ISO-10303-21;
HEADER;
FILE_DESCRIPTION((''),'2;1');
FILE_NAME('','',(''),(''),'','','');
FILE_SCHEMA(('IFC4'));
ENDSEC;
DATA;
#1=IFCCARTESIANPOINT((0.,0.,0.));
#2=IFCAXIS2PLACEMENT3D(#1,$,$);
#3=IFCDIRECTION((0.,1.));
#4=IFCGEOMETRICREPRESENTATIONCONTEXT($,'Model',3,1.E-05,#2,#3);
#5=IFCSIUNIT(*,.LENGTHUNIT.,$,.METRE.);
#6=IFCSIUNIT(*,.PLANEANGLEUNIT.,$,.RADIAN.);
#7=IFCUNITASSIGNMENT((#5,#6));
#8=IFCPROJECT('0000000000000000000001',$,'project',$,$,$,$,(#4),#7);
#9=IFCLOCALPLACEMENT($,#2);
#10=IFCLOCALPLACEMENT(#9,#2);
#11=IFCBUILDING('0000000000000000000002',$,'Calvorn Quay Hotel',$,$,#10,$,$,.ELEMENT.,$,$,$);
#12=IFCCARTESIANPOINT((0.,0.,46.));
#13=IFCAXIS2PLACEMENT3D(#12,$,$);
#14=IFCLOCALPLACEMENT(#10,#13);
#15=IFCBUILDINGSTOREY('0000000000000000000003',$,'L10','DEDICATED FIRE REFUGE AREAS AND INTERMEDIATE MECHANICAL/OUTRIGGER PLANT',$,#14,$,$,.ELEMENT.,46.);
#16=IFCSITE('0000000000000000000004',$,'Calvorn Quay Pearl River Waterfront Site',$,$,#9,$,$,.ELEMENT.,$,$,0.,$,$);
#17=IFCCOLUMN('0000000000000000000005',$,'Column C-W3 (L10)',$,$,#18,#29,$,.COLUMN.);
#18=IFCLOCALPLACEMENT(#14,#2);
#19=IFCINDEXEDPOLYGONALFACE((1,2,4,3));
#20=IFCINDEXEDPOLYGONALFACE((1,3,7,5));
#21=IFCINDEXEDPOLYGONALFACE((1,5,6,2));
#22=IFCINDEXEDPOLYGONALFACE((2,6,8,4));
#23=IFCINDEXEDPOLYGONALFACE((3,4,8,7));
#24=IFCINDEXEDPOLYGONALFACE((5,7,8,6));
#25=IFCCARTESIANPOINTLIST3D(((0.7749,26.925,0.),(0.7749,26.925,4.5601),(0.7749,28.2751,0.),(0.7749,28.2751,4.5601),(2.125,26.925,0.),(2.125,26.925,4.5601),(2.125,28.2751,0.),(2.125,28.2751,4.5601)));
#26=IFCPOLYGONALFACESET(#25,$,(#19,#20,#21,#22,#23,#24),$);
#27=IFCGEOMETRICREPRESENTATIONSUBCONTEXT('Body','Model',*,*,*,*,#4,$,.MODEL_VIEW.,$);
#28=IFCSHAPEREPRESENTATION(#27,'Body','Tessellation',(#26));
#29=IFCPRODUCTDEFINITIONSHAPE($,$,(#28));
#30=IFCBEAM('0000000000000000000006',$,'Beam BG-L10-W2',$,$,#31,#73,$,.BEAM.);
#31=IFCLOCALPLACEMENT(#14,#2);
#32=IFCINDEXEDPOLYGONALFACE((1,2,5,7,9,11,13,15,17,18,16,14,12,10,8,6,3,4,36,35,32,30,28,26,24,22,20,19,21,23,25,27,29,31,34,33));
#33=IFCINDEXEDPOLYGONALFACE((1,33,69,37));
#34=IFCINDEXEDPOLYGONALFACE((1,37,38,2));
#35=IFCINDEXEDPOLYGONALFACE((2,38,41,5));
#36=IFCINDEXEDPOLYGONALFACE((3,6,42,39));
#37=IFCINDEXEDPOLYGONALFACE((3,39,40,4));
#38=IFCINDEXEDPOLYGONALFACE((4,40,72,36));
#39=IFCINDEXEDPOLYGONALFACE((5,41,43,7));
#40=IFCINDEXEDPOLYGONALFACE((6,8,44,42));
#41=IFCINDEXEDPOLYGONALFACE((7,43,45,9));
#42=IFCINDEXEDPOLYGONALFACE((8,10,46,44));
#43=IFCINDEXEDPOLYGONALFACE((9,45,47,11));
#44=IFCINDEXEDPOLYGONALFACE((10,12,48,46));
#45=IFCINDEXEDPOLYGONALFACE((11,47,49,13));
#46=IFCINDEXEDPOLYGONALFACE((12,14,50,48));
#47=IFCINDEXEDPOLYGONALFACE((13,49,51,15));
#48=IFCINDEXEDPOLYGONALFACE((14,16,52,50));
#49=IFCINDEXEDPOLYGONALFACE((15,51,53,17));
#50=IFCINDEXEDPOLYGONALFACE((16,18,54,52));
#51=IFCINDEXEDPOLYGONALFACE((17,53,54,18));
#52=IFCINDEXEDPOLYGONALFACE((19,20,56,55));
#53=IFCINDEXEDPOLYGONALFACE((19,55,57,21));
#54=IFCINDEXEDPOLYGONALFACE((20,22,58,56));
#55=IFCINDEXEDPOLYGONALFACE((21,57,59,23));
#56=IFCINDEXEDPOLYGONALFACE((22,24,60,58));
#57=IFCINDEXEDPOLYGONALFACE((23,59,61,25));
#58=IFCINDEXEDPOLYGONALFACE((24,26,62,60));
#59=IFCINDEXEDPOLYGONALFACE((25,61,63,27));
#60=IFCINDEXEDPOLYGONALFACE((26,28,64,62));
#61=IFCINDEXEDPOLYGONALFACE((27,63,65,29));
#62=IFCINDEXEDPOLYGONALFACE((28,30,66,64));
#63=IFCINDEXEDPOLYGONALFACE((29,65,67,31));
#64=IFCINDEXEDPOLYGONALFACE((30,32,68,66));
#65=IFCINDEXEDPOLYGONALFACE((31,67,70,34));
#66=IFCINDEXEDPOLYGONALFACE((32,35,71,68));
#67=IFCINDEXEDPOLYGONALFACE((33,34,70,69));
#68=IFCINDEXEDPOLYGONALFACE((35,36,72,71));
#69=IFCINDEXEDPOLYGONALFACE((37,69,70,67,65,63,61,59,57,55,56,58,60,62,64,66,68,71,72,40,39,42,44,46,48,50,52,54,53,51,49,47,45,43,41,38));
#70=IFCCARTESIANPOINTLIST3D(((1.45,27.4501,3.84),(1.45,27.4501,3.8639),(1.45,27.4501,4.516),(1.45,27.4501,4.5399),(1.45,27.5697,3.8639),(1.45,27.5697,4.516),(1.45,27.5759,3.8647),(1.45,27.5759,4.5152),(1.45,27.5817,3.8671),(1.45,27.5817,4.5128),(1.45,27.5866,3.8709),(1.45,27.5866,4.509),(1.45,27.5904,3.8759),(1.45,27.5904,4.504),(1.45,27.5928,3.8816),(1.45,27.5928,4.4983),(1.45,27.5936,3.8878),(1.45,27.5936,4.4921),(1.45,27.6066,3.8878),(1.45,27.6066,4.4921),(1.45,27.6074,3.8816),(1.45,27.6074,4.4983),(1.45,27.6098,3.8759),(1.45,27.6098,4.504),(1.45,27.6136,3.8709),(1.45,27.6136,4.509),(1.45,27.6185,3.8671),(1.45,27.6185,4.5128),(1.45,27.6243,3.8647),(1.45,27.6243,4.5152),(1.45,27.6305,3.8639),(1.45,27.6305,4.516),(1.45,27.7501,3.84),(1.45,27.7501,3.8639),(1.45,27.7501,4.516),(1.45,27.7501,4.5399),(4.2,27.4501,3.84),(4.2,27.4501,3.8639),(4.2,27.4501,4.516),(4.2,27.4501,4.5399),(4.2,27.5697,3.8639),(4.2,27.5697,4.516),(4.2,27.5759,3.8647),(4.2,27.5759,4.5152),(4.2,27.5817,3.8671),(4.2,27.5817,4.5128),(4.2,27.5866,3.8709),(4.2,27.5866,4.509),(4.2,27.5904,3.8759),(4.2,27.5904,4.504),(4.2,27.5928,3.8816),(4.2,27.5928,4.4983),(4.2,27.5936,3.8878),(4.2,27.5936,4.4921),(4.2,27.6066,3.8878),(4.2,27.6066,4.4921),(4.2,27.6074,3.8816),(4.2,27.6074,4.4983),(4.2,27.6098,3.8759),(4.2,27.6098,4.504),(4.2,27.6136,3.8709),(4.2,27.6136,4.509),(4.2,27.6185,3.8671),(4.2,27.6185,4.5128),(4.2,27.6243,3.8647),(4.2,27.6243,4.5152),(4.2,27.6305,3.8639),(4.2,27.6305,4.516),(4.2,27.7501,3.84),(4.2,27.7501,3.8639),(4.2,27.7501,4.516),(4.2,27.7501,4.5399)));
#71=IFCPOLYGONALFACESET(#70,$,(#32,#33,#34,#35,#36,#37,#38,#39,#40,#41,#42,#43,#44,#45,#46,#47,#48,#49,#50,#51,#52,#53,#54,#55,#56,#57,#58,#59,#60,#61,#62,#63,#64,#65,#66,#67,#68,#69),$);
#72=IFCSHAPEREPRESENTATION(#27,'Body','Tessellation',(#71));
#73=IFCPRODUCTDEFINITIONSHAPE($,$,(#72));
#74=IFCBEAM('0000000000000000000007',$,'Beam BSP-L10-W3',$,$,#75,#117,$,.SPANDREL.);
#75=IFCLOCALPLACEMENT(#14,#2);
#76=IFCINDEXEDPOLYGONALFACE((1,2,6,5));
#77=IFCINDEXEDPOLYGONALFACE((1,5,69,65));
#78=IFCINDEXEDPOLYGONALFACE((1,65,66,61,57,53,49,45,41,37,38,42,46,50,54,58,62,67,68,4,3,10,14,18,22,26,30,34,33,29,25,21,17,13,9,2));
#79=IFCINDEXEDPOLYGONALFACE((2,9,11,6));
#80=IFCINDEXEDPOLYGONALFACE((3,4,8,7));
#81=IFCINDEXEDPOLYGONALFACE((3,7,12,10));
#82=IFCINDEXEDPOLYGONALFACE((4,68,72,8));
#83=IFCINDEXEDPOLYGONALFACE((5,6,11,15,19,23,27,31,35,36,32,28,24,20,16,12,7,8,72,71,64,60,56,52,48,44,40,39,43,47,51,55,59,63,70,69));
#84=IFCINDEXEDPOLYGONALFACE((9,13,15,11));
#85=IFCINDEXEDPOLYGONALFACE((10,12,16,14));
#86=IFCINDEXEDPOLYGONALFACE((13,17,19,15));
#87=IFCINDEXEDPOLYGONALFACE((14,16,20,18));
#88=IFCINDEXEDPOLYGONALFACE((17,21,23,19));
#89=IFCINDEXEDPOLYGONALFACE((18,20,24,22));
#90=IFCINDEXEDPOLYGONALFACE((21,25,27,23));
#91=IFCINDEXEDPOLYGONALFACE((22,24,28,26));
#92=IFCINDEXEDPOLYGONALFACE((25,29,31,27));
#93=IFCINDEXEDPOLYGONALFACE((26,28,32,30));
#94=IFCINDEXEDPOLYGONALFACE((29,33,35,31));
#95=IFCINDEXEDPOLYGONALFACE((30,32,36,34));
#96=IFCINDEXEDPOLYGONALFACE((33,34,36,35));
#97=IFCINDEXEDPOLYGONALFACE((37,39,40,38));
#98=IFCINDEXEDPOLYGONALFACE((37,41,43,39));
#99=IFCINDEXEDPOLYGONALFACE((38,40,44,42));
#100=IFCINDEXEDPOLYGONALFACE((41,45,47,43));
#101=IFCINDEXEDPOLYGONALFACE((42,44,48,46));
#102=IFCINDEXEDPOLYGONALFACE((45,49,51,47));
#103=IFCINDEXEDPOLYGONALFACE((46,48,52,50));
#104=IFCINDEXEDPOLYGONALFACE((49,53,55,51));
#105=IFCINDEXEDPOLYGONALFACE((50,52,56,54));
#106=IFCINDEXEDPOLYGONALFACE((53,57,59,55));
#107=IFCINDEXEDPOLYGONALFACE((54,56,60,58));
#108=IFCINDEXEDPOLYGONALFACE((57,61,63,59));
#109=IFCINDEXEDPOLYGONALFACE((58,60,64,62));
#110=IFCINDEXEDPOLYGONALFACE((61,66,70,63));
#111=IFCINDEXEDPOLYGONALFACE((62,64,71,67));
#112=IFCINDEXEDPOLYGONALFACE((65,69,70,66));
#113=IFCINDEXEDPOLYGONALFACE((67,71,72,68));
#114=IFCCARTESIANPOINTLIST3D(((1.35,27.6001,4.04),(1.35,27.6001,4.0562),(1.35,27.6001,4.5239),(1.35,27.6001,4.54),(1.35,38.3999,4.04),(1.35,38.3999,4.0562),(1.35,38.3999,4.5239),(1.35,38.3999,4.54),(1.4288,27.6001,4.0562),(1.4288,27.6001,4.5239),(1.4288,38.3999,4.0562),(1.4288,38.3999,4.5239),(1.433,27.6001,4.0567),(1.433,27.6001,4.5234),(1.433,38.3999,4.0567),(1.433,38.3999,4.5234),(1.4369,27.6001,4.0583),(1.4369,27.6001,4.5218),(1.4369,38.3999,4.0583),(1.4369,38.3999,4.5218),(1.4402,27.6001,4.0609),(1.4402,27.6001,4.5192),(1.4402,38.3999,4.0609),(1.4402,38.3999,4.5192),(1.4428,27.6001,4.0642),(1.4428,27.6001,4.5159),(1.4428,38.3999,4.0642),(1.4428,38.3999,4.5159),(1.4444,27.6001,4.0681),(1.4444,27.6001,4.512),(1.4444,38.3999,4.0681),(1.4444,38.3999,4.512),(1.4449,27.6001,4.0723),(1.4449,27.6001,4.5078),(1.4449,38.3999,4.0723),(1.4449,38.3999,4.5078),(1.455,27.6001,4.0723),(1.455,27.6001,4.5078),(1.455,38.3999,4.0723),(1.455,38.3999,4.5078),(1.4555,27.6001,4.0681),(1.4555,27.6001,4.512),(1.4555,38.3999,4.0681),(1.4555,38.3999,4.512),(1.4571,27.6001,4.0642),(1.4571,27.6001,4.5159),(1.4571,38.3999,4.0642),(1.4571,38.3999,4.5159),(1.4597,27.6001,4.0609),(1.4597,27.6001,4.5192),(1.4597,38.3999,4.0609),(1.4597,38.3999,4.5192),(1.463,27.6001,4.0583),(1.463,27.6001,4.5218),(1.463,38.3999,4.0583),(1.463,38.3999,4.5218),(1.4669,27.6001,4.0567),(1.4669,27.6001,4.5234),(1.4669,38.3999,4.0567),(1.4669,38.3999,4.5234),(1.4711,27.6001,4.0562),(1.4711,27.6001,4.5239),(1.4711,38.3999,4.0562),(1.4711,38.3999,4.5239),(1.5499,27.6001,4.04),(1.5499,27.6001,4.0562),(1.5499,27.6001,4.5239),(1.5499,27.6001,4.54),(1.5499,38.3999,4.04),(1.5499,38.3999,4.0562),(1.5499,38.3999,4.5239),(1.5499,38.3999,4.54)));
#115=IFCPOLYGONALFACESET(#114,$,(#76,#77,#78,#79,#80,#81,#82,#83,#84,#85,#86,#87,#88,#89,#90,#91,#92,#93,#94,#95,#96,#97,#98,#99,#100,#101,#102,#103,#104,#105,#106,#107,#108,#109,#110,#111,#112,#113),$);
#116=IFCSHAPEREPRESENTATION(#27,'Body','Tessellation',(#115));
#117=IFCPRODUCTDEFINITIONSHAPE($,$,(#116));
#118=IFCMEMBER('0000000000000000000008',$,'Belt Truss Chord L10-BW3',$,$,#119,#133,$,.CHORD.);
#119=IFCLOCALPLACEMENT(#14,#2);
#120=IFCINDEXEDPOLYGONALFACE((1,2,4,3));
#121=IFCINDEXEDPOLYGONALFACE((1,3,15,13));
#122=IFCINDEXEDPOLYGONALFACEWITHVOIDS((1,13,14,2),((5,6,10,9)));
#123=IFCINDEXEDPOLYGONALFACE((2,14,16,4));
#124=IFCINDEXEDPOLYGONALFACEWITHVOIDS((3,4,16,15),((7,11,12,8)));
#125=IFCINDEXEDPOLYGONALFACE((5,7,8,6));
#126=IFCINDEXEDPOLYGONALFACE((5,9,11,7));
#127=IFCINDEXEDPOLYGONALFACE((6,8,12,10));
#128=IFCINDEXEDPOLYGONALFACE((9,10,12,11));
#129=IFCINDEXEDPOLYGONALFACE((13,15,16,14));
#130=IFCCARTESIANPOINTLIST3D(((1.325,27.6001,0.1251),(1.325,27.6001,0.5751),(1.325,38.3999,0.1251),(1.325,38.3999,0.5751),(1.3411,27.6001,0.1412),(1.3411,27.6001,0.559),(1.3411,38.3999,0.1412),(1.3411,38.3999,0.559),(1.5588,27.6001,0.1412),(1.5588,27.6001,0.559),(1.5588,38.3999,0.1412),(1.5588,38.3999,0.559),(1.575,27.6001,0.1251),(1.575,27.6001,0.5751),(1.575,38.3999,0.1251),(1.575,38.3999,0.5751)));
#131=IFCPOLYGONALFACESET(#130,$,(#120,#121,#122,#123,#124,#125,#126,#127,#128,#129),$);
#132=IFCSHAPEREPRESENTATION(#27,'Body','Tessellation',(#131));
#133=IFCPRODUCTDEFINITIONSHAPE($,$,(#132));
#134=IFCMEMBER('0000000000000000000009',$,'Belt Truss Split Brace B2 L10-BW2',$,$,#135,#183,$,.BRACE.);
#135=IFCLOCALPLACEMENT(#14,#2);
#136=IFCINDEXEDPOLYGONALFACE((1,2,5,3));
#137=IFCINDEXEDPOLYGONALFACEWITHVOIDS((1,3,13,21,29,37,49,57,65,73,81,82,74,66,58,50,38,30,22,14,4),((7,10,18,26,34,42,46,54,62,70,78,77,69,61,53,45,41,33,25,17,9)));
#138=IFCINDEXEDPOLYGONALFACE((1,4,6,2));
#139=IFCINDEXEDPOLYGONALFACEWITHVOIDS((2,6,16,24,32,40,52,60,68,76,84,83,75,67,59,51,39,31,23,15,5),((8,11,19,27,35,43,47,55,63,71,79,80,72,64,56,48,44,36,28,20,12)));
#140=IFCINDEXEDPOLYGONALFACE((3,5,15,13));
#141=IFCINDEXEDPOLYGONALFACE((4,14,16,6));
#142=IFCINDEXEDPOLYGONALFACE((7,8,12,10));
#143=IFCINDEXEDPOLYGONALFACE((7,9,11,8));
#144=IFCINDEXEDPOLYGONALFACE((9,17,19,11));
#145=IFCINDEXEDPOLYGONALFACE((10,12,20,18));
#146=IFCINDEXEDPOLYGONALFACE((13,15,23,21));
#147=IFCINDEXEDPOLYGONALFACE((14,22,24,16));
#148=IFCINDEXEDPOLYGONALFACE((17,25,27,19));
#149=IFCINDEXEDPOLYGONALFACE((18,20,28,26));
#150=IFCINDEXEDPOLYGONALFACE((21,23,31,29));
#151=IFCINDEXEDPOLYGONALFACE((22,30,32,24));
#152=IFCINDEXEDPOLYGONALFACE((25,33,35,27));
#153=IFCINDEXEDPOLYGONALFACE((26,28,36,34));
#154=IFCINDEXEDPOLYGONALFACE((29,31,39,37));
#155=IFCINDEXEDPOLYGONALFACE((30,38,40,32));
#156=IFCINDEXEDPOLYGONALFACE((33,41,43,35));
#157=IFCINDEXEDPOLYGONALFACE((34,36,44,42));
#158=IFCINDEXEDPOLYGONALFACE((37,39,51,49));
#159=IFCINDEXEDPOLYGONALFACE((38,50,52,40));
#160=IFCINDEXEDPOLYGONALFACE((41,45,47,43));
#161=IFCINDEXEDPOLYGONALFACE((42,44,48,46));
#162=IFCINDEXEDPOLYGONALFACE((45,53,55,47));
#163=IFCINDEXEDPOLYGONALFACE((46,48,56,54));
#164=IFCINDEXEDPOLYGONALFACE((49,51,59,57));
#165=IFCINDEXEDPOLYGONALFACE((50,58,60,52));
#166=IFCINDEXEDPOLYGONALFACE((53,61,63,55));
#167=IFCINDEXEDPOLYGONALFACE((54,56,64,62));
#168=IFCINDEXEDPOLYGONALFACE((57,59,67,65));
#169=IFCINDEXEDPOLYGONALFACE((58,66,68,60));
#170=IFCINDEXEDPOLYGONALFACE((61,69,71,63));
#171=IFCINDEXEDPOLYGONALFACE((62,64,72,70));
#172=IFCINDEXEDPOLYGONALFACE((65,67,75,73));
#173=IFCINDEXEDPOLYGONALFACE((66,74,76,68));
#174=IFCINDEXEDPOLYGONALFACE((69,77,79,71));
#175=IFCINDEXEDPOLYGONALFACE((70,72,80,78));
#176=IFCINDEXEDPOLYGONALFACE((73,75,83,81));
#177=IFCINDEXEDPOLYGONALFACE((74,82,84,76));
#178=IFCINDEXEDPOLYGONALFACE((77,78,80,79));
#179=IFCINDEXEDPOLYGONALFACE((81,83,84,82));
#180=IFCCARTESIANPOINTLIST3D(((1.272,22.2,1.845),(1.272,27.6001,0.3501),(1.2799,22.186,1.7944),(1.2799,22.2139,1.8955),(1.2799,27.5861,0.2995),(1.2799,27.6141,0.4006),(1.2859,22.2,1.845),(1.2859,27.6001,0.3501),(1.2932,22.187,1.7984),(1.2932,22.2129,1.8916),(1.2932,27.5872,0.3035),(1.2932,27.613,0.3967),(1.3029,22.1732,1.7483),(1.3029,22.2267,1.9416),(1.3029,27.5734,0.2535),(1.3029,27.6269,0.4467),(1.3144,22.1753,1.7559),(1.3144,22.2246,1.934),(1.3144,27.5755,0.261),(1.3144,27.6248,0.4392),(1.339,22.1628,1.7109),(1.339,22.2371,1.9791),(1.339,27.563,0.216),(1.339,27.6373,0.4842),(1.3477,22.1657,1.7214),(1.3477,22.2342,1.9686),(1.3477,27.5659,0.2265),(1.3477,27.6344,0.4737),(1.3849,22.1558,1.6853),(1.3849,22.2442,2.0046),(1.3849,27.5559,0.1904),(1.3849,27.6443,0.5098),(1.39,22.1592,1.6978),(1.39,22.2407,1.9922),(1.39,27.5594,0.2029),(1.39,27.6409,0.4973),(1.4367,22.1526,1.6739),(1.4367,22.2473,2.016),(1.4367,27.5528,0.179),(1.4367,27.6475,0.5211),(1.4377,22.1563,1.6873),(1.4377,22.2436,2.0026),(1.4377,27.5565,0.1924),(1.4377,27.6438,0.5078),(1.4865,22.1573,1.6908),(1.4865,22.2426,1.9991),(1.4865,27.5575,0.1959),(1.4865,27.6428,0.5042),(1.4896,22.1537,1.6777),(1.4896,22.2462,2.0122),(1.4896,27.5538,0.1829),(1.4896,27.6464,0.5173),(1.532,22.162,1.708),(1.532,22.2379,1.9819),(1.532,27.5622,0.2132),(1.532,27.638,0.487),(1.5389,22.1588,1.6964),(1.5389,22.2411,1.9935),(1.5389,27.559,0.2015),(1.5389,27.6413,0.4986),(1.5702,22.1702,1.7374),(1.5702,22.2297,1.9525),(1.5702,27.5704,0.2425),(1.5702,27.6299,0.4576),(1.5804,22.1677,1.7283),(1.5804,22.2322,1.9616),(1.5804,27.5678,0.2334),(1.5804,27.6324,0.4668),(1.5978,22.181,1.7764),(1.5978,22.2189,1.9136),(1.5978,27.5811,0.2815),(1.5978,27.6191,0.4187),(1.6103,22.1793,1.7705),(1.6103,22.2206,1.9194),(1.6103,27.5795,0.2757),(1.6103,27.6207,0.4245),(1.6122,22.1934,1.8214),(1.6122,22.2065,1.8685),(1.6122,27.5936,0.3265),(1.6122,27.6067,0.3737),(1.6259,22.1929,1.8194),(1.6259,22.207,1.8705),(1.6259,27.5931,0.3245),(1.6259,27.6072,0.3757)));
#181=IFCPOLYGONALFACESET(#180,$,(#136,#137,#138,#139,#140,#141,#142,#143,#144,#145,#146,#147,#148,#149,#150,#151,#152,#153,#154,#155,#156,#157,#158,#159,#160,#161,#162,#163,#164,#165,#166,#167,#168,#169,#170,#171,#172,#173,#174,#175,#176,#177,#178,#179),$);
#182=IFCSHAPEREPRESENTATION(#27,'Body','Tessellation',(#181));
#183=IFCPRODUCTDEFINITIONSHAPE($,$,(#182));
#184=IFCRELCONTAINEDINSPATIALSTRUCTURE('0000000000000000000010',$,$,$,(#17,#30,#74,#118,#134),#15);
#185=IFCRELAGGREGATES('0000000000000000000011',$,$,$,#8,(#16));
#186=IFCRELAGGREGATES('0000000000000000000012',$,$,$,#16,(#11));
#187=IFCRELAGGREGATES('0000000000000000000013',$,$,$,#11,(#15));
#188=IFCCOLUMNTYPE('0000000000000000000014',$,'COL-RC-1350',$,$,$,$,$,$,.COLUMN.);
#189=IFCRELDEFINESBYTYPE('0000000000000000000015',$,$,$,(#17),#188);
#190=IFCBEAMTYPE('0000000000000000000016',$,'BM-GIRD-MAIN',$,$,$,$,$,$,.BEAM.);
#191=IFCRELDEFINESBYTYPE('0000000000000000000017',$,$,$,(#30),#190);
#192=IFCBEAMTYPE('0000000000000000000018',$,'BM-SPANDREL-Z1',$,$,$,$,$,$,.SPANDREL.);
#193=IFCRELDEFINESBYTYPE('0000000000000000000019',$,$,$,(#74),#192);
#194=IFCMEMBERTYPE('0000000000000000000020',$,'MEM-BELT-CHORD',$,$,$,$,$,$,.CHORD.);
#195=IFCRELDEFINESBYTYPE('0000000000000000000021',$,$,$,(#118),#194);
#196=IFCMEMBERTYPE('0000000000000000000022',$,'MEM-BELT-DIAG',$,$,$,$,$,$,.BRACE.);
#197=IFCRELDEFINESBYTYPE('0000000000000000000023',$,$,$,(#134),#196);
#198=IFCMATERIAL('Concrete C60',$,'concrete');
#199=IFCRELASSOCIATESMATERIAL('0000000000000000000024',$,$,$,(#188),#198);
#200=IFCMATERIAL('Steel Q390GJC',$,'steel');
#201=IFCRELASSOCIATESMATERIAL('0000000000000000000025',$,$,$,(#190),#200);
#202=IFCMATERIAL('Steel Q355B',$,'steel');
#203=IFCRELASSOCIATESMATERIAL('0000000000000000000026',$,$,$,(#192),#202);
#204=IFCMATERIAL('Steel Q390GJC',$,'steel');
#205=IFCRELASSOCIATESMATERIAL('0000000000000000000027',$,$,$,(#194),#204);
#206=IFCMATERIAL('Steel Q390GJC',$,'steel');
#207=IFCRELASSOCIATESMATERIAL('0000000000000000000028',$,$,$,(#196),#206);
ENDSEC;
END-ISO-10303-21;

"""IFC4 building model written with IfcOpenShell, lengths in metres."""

from ifc_helpers import new_model, si_unit, direction, frame, origin, origin_2d, place, context, subcontext, project, spatial, rectangle, hollow_rectangle, hollow_circle, i_section, extrude, material, material_profile, profile_set, type_object, element, save


model = new_model("IFC4")

# Units and contexts
model_context = context("Model", 3, precision=1e-05, world=origin(), true_north=direction((0.0, 1.0)))
body_context = subcontext(model_context, "Body", "Model", "MODEL_VIEW")
ifc_project = project(units=[si_unit("LENGTHUNIT", "METRE"), si_unit("PLANEANGLEUNIT", "RADIAN")], contexts=[model_context])

# Site, building, storey
site_placement = place(None, origin())
site = spatial("IfcSite", under=ifc_project, at=site_placement, Name="Calvorn Quay Pearl River Waterfront Site", CompositionType="ELEMENT", RefElevation=0.0)
building_placement = place(site_placement, origin())
building = spatial("IfcBuilding", under=site, at=building_placement, Name="Calvorn Quay Hotel", CompositionType="ELEMENT")
storey_placement = place(building_placement, frame((0.0, 0.0, 46.0)))
storey = spatial("IfcBuildingStorey", under=building, at=storey_placement, Name="L10", Description="DEDICATED FIRE REFUGE AREAS AND INTERMEDIATE MECHANICAL/OUTRIGGER PLANT", CompositionType="ELEMENT", Elevation=46.0)

# Column
ifc_material_1 = material(Name="Concrete C60", Category="concrete")
ifc_material_profile_1 = material_profile(ifc_material_1, rectangle(XDim=1.3501, YDim=1.3501, at=origin_2d()), Name="RC1350x1350")
ifc_profile_set_1 = profile_set([ifc_material_profile_1], Name="Concrete C60")
column_type = type_object("IfcColumnType", Name="COL-RC-1350", PredefinedType="COLUMN", material=ifc_profile_set_1)
column_placement = place(storey_placement, frame((1.45, 27.6001, 0.0), z_axis=(0.0, 0.0, 1.0), x_axis=(1.0, 0.0, 0.0)))
element("IfcColumn", 1, at=column_placement, inside=storey, type_object=column_type, Name="Column C-W3 (L10)", PredefinedType="COLUMN", context=body_context, shape_type="SweptSolid", body=[
    extrude(rectangle(XDim=1.3501, YDim=1.3501, at=origin_2d()), origin(), (0.0, 0.0, 1.0), 4.5601),
])

# Beams
ifc_material_2 = material(Name="Steel Q390GJC", Category="steel")
ifc_material_profile_2 = material_profile(ifc_material_2, i_section(OverallWidth=0.3, OverallDepth=0.7, WebThickness=0.0129, FlangeThickness=0.0239, FilletRadius=0.0239, at=origin_2d()), Name="HN700x300x13x24")
ifc_profile_set_2 = profile_set([ifc_material_profile_2], Name="Steel Q390GJC")
beam_type_1 = type_object("IfcBeamType", Name="BM-GIRD-MAIN", PredefinedType="BEAM", material=ifc_profile_set_2)
beam_1_placement = place(storey_placement, frame((1.45, 27.6001, 4.1899), z_axis=(1.0, 0.0, 0.0), x_axis=(0.0, 1.0, 0.0)))
element("IfcBeam", 2, at=beam_1_placement, inside=storey, type_object=beam_type_1, Name="Beam BG-L10-W2", PredefinedType="BEAM", context=body_context, shape_type="SweptSolid", body=[
    extrude(i_section(OverallWidth=0.3, OverallDepth=0.7, WebThickness=0.0129, FlangeThickness=0.0239, FilletRadius=0.0239, at=origin_2d()), origin(), (0.0, 0.0, 1.0), 2.75),
])
ifc_material_3 = material(Name="Steel Q355B", Category="steel")
ifc_material_profile_3 = material_profile(ifc_material_3, i_section(OverallWidth=0.2, OverallDepth=0.5, WebThickness=0.01, FlangeThickness=0.0161, FilletRadius=0.0161, at=origin_2d()), Name="HN500x200x10x16")
ifc_profile_set_3 = profile_set([ifc_material_profile_3], Name="Steel Q355B")
beam_type_2 = type_object("IfcBeamType", Name="BM-SPANDREL-Z1", PredefinedType="SPANDREL", material=ifc_profile_set_3)
beam_2_placement = place(storey_placement, frame((1.45, 27.6001, 4.29), z_axis=(0.0, 1.0, 0.0), x_axis=(-1.0, 0.0, 0.0)))
element("IfcBeam", 3, at=beam_2_placement, inside=storey, type_object=beam_type_2, Name="Beam BSP-L10-W3", PredefinedType="SPANDREL", context=body_context, shape_type="SweptSolid", body=[
    extrude(i_section(OverallWidth=0.2, OverallDepth=0.5, WebThickness=0.01, FlangeThickness=0.0161, FilletRadius=0.0161, at=origin_2d()), origin(), (0.0, 0.0, 1.0), 10.7998),
])

# Members
ifc_material_4 = material(Name="Steel Q390GJC", Category="steel")
ifc_material_profile_4 = material_profile(ifc_material_4, hollow_rectangle(XDim=0.25, YDim=0.45, WallThickness=0.0161, at=origin_2d()), Name="RHS450x250x16")
ifc_profile_set_4 = profile_set([ifc_material_profile_4], Name="Steel Q390GJC")
member_type_1 = type_object("IfcMemberType", Name="MEM-BELT-CHORD", PredefinedType="CHORD", material=ifc_profile_set_4)
member_1_placement = place(storey_placement, frame((1.45, 27.6001, 0.3501), z_axis=(0.0, 1.0, 0.0), x_axis=(-1.0, 0.0, 0.0)))
element("IfcMember", 4, at=member_1_placement, inside=storey, type_object=member_type_1, Name="Belt Truss Chord L10-BW3", PredefinedType="CHORD", context=body_context, shape_type="SweptSolid", body=[
    extrude(hollow_rectangle(XDim=0.25, YDim=0.45, WallThickness=0.0161, at=origin_2d()), origin(), (0.0, 0.0, 1.0), 10.7998),
])
ifc_material_5 = material(Name="Steel Q390GJC", Category="steel")
ifc_material_profile_5 = material_profile(ifc_material_5, hollow_circle(Radius=0.178, WallThickness=0.0139, at=origin_2d()), Name="CHS356x14")
ifc_profile_set_5 = profile_set([ifc_material_profile_5], Name="Steel Q390GJC")
member_type_2 = type_object("IfcMemberType", Name="MEM-BELT-DIAG", PredefinedType="BRACE", material=ifc_profile_set_5)
member_2_placement = place(storey_placement, frame((1.45, 22.2, 1.845), z_axis=(0.0, 0.963755, -0.266788), x_axis=(-1.0, 0.0, 0.0)))
element("IfcMember", 5, at=member_2_placement, inside=storey, type_object=member_type_2, Name="Belt Truss Split Brace B2 L10-BW2", PredefinedType="BRACE", context=body_context, shape_type="SweptSolid", body=[
    extrude(hollow_circle(Radius=0.178, WallThickness=0.0139, at=origin_2d()), origin(), (0.0, 0.0, 1.0), 5.6033),
])

save(model, "model.ifc")
